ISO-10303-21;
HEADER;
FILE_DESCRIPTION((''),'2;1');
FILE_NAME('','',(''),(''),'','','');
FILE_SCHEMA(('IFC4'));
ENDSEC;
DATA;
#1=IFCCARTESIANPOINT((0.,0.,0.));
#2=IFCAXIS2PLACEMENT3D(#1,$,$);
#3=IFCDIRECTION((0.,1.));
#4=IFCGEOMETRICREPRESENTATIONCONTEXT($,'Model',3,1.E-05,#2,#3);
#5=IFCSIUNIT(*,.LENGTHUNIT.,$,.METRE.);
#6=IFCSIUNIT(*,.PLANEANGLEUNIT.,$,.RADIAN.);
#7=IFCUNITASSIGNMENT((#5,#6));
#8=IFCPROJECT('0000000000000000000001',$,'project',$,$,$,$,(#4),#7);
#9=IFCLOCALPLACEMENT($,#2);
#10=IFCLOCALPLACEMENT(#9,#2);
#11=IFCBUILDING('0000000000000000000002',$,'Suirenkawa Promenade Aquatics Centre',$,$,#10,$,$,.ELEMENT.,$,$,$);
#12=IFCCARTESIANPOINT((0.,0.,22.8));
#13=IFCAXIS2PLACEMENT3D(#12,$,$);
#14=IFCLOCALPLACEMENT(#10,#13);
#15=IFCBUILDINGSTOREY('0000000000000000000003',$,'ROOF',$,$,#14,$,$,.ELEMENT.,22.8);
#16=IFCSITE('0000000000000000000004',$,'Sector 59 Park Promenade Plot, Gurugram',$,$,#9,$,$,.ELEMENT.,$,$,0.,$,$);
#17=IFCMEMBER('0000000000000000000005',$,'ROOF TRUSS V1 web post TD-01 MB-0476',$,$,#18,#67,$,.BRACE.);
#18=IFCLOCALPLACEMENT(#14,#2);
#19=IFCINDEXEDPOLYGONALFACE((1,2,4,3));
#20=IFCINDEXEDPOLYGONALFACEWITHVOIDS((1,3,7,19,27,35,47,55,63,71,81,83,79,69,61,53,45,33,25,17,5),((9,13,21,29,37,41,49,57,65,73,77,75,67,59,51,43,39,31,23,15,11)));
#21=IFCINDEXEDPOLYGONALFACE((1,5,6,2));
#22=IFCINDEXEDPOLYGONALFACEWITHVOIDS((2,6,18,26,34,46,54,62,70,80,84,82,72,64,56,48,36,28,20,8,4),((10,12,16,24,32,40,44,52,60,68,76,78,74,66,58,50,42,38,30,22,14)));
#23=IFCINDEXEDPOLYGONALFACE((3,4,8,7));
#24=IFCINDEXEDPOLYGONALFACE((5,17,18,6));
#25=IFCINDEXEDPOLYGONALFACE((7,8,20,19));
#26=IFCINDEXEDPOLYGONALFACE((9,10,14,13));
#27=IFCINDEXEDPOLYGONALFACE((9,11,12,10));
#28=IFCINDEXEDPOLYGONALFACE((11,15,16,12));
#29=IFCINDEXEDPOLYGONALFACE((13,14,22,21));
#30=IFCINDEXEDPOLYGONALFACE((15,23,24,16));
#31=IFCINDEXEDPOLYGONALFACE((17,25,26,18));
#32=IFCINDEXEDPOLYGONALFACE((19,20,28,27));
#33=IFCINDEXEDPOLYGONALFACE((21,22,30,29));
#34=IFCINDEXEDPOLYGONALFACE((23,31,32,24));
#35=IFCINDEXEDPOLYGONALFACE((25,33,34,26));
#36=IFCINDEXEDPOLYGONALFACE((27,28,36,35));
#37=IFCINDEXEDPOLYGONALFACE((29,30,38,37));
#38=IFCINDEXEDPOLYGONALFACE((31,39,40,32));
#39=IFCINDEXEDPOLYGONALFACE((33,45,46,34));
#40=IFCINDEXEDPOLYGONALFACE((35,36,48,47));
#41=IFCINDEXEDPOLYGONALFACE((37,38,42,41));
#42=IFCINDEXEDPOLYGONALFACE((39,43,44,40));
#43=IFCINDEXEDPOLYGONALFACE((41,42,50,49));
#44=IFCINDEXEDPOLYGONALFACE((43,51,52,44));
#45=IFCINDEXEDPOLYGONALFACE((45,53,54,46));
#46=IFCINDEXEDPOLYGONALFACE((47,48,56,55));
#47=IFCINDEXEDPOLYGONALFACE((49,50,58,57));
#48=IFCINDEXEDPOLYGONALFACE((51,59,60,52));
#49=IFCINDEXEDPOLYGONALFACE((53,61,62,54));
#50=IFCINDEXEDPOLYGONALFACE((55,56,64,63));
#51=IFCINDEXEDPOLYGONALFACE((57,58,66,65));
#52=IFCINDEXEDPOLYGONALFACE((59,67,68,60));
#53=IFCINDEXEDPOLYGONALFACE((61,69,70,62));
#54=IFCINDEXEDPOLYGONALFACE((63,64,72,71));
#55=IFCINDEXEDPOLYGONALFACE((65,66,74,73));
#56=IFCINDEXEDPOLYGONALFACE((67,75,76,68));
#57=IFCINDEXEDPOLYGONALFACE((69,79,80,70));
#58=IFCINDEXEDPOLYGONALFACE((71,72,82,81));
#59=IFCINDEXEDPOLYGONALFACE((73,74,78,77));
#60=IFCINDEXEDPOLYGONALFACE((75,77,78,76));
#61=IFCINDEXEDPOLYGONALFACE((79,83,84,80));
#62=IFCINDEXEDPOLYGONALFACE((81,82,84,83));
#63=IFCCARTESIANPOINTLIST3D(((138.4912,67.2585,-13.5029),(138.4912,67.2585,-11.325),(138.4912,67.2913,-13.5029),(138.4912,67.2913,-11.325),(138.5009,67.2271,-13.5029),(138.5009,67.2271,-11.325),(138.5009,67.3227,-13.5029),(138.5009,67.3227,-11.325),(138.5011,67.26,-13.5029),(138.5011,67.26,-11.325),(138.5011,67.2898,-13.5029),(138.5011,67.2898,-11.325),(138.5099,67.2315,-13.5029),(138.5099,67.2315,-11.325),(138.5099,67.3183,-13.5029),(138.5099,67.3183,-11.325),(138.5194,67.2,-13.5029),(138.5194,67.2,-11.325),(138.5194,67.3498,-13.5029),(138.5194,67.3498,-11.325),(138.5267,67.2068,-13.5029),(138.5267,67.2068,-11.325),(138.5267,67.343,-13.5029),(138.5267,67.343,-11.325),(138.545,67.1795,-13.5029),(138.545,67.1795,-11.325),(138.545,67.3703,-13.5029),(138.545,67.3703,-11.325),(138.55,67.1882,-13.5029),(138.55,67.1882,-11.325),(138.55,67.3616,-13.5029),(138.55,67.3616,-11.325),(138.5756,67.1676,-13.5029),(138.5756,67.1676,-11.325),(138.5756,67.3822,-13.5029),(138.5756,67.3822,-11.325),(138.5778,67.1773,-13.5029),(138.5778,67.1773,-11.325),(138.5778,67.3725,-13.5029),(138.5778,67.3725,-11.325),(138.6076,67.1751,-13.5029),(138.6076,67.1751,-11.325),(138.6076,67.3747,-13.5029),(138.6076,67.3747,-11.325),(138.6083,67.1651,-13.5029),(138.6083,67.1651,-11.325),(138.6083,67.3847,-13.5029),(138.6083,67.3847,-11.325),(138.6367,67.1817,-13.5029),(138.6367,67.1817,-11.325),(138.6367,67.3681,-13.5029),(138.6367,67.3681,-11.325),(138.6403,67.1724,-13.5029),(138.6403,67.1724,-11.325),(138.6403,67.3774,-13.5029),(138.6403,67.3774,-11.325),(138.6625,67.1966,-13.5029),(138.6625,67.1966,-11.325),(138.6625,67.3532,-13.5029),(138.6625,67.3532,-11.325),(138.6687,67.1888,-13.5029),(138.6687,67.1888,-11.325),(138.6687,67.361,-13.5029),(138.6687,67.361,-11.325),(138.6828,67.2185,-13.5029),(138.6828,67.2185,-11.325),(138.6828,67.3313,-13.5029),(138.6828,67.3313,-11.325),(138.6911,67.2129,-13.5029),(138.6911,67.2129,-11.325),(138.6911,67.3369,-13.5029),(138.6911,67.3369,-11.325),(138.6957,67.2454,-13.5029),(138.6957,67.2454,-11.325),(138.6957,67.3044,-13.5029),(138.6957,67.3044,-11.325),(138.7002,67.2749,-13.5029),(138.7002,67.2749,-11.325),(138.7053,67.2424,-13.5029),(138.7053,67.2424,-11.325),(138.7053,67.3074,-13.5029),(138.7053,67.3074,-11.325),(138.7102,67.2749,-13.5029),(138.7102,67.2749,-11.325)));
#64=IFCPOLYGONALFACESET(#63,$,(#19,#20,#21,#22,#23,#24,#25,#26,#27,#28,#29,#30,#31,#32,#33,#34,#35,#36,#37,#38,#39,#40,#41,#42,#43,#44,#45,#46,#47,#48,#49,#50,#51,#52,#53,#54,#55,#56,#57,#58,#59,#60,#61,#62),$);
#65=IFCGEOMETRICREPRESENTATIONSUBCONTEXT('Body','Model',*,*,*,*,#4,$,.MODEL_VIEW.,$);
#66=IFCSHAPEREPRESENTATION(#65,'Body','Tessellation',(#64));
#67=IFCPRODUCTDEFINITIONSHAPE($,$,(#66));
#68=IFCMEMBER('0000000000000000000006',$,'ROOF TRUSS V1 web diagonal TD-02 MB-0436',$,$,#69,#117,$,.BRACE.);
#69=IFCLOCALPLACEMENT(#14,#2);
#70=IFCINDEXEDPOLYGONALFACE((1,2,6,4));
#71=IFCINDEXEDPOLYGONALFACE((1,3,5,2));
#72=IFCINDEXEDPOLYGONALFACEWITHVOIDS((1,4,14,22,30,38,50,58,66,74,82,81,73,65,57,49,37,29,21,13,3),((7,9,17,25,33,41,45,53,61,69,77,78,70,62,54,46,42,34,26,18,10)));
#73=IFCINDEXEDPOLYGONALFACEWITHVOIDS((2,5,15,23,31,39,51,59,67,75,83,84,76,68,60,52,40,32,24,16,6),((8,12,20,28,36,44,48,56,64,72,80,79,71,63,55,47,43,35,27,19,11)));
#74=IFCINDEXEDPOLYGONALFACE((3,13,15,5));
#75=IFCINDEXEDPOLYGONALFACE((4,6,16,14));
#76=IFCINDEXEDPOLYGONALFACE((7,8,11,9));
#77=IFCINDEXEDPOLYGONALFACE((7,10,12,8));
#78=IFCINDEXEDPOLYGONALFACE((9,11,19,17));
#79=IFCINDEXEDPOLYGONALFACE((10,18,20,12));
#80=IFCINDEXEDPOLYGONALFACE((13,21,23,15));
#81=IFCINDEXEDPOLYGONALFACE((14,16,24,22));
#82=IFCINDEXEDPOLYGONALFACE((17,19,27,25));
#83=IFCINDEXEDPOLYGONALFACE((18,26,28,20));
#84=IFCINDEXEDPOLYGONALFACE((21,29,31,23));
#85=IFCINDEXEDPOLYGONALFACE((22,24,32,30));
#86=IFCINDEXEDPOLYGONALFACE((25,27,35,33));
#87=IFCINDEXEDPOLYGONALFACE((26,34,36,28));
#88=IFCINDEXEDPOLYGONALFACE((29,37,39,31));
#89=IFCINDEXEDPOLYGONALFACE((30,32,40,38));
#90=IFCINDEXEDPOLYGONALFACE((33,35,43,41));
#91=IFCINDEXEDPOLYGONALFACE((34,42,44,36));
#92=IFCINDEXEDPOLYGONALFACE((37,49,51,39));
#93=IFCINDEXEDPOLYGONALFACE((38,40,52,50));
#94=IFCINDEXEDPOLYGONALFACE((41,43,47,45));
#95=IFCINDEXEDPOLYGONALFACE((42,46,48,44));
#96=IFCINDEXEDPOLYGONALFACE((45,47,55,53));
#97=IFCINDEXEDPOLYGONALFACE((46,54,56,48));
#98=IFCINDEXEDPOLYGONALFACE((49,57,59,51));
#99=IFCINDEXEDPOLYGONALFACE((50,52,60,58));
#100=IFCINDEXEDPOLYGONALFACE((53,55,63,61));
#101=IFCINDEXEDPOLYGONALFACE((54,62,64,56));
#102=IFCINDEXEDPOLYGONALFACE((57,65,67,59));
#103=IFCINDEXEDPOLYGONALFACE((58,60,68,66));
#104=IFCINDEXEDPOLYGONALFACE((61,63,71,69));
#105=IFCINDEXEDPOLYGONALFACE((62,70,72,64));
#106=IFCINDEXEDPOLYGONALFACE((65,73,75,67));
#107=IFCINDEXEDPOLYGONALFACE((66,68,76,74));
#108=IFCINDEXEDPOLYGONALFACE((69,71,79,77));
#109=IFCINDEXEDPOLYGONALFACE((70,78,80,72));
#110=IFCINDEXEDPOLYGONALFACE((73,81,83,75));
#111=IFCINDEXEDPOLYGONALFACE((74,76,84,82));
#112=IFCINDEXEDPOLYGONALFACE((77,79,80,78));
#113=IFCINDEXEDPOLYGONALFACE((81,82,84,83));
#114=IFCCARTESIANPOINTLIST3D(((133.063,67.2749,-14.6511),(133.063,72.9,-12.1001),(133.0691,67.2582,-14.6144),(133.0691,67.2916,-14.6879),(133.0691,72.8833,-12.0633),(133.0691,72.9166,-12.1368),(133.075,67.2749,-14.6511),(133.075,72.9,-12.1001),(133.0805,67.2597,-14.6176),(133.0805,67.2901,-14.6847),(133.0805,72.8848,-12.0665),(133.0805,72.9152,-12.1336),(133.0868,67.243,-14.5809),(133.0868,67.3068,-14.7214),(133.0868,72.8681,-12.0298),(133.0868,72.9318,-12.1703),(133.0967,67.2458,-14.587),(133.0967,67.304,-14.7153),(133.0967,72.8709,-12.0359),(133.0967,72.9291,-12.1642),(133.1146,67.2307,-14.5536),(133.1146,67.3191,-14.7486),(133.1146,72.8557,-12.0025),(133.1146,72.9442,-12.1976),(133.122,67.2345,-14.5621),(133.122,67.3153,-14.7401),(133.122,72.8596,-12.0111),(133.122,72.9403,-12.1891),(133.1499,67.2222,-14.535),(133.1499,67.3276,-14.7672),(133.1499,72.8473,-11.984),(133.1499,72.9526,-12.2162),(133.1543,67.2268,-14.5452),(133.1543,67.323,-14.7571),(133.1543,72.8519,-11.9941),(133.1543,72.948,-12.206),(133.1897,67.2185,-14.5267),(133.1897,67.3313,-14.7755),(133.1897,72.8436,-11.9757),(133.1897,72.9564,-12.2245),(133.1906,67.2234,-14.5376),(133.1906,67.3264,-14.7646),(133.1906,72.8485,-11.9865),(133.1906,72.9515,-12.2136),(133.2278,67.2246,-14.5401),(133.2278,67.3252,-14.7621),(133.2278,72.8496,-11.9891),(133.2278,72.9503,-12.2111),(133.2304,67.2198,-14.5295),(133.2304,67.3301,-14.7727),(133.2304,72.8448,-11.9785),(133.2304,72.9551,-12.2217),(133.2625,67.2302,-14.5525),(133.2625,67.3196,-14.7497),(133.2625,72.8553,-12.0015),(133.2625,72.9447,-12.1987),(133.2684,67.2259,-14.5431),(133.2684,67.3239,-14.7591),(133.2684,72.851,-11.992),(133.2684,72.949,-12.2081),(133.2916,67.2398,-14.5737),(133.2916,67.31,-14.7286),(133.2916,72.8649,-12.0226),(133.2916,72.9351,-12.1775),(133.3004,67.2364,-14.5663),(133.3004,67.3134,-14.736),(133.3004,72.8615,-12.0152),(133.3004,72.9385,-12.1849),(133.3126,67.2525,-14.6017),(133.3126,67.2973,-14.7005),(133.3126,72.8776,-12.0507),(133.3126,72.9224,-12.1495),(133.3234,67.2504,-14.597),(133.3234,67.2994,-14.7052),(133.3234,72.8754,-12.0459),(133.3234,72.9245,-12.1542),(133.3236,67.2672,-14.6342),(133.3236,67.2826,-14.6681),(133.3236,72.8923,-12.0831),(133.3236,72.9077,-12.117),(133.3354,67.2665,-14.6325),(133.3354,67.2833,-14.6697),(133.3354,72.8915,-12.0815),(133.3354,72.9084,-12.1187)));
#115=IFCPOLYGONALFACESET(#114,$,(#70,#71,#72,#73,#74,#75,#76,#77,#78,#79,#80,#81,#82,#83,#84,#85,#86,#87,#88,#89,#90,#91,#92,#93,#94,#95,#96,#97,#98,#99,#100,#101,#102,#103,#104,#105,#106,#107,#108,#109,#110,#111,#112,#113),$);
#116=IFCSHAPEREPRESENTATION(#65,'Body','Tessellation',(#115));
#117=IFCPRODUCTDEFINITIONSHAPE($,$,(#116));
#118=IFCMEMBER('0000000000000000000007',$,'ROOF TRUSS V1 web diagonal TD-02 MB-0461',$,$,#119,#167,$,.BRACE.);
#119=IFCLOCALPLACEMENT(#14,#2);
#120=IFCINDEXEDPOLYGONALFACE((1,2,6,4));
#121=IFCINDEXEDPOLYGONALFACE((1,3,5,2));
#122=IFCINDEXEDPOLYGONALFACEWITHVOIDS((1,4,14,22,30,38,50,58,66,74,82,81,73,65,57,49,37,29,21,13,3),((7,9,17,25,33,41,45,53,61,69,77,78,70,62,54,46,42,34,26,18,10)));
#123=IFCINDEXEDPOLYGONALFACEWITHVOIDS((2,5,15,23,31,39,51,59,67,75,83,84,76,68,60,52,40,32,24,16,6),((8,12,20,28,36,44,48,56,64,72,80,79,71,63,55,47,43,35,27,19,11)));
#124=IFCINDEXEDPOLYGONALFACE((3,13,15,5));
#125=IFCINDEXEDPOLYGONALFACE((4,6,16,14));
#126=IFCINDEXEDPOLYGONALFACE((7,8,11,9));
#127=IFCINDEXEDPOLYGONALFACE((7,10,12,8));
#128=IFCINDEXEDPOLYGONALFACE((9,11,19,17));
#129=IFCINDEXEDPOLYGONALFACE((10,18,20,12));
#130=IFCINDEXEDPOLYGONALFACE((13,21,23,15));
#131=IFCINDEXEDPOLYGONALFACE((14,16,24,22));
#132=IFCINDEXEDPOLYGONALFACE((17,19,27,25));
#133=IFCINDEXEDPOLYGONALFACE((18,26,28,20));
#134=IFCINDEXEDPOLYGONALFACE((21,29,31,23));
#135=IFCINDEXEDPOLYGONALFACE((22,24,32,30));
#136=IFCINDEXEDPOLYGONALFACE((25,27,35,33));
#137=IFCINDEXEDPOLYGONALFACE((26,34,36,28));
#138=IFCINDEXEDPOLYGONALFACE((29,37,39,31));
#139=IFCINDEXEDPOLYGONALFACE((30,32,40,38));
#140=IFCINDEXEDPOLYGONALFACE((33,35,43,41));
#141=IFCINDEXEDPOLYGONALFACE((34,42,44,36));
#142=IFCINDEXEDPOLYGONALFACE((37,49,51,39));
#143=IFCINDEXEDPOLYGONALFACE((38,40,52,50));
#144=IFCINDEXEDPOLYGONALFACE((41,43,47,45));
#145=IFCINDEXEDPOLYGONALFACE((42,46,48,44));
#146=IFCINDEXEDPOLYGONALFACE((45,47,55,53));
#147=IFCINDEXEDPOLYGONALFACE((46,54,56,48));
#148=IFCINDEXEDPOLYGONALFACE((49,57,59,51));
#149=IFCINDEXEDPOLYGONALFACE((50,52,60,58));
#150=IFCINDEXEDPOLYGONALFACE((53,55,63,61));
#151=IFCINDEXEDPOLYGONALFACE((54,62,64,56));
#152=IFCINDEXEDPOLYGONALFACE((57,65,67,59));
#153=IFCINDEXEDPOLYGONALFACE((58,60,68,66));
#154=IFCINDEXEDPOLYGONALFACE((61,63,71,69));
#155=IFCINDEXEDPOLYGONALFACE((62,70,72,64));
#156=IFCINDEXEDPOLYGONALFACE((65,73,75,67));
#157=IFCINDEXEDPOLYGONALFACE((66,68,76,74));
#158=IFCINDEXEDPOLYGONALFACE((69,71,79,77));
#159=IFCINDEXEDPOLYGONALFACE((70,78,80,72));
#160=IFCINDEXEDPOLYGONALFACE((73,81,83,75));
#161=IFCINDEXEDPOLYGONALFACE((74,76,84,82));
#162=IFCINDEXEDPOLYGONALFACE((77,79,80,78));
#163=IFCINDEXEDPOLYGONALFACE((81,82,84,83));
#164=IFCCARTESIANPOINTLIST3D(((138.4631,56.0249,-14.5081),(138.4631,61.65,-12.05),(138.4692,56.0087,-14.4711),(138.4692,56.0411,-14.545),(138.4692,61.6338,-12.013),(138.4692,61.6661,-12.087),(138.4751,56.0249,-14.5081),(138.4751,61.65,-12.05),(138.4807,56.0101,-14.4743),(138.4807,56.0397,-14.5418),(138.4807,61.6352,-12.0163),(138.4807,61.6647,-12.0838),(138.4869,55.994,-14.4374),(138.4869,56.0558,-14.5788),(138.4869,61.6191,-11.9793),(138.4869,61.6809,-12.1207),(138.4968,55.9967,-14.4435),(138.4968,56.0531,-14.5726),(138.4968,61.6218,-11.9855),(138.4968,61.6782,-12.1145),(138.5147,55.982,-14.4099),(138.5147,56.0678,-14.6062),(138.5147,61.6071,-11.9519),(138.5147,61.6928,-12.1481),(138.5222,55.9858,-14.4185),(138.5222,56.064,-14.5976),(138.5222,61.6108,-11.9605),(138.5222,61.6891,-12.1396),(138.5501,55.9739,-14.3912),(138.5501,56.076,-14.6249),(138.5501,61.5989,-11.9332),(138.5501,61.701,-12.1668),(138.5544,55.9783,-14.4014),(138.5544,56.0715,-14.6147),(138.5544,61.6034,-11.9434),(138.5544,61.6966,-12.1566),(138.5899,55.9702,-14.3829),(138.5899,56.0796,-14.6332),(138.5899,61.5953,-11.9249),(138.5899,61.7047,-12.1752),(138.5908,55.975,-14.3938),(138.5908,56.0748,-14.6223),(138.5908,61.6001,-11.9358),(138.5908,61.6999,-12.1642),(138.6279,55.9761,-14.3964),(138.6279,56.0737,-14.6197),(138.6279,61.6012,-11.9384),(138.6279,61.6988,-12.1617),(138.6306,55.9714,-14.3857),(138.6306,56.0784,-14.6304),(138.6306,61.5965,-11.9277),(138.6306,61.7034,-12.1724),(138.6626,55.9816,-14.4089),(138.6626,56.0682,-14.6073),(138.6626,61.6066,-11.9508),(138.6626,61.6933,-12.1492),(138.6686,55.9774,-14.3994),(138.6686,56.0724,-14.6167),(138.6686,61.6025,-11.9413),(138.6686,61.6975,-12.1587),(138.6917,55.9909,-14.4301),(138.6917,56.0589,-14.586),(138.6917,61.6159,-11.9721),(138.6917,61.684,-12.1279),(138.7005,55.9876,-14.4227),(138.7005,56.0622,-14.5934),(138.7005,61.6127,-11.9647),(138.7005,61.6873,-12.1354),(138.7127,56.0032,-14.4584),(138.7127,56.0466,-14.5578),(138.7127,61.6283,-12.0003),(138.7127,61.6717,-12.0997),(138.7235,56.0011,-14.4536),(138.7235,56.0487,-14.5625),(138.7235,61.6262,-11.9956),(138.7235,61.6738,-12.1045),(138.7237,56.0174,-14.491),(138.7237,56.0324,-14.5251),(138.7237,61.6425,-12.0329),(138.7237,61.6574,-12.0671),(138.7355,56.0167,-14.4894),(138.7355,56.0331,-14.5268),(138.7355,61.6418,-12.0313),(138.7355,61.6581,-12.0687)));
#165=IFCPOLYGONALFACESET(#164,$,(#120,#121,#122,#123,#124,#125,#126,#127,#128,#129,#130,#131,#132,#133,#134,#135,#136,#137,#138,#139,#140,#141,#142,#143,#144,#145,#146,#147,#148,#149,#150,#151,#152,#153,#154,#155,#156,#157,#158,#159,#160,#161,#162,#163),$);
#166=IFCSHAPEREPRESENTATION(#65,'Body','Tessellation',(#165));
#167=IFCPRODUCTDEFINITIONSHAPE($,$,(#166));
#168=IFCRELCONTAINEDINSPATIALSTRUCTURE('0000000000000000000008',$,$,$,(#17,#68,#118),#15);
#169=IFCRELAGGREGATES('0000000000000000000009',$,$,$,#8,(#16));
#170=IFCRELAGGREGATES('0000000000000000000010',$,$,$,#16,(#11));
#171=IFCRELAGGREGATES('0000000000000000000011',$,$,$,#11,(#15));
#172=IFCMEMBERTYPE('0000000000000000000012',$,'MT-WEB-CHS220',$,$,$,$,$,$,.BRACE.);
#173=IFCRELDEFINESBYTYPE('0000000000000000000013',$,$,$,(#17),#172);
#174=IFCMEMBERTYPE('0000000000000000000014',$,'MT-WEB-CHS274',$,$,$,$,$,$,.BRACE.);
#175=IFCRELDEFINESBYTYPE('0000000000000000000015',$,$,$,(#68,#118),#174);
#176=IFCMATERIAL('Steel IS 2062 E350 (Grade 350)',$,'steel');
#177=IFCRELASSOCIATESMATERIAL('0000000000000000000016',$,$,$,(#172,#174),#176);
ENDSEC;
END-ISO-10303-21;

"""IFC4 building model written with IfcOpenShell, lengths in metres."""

from ifc_helpers import new_model, si_unit, direction, frame, origin, origin_2d, place, context, subcontext, project, spatial, hollow_circle, extrude, material, material_profile, profile_set, type_object, element, save


model = new_model("IFC4")

# Units and contexts
model_context = context("Model", 3, precision=1e-05, world=origin(), true_north=direction((0.0, 1.0)))
body_context = subcontext(model_context, "Body", "Model", "MODEL_VIEW")
ifc_project = project(units=[si_unit("LENGTHUNIT", "METRE"), si_unit("PLANEANGLEUNIT", "RADIAN")], contexts=[model_context])

# Site, building, storey
site_placement = place(None, origin())
site = spatial("IfcSite", under=ifc_project, at=site_placement, Name="Sector 59 Park Promenade Plot, Gurugram", CompositionType="ELEMENT", RefElevation=0.0)
building_placement = place(site_placement, origin())
building = spatial("IfcBuilding", under=site, at=building_placement, Name="Suirenkawa Promenade Aquatics Centre", CompositionType="ELEMENT")
storey_placement = place(building_placement, frame((0.0, 0.0, 22.8)))
storey = spatial("IfcBuildingStorey", under=building, at=storey_placement, Name="ROOF", CompositionType="ELEMENT", Elevation=22.8)

# Shared definitions
ifc_material = material(Name="Steel IS 2062 E350 (Grade 350)", Category="steel")

# Members
ifc_material_profile_1 = material_profile(ifc_material, hollow_circle(Radius=0.1101, WallThickness=0.01, at=origin_2d()), Name="CHS 220x10", Category="steel")
ifc_profile_set_1 = profile_set([ifc_material_profile_1], Name="Steel IS 2062 E350 (Grade 350)")
member_type_1 = type_object("IfcMemberType", Name="MT-WEB-CHS220", PredefinedType="BRACE", material=ifc_profile_set_1)
member_1_placement = place(storey_placement, frame((138.6001, 67.2749, -13.5029), z_axis=(0.0, 0.0, 1.0), x_axis=(1.0, 0.0, 0.0)))
element("IfcMember", 1, at=member_1_placement, inside=storey, type_object=member_type_1, Name="ROOF TRUSS V1 web post TD-01 MB-0476", PredefinedType="BRACE", context=body_context, shape_type="SweptSolid", body=[
    extrude(hollow_circle(Radius=0.1101, WallThickness=0.01, at=origin_2d()), origin(), (0.0, 0.0, 1.0), 2.178),
])
ifc_material_profile_2 = material_profile(ifc_material, hollow_circle(Radius=0.137, WallThickness=0.012, at=origin_2d()), Name="CHS 274x12", Category="steel")
ifc_profile_set_2 = profile_set([ifc_material_profile_2], Name="Steel IS 2062 E350 (Grade 350)")
member_type_2 = type_object("IfcMemberType", Name="MT-WEB-CHS274", PredefinedType="BRACE", material=ifc_profile_set_2)
member_2_placement = place(storey_placement, frame((133.2, 67.2749, -14.6511), z_axis=(0.0, 0.910719, 0.413026), x_axis=(-1.0, 0.0, 0.0)))
element("IfcMember", 2, at=member_2_placement, inside=storey, type_object=member_type_2, Name="ROOF TRUSS V1 web diagonal TD-02 MB-0436", PredefinedType="BRACE", context=body_context, shape_type="SweptSolid", body=[
    extrude(hollow_circle(Radius=0.137, WallThickness=0.012, at=origin_2d()), origin(), (0.0, 0.0, 1.0), 6.1765),
])
member_3_placement = place(storey_placement, frame((138.6001, 56.0249, -14.5081), z_axis=(0.0, 0.916333, 0.400418), x_axis=(-1.0, 0.0, 0.0)))
element("IfcMember", 3, at=member_3_placement, inside=storey, type_object=member_type_2, Name="ROOF TRUSS V1 web diagonal TD-02 MB-0461", PredefinedType="BRACE", context=body_context, shape_type="SweptSolid", body=[
    extrude(hollow_circle(Radius=0.137, WallThickness=0.012, at=origin_2d()), origin(), (0.0, 0.0, 1.0), 6.1387),
])

save(model, "model.ifc")
